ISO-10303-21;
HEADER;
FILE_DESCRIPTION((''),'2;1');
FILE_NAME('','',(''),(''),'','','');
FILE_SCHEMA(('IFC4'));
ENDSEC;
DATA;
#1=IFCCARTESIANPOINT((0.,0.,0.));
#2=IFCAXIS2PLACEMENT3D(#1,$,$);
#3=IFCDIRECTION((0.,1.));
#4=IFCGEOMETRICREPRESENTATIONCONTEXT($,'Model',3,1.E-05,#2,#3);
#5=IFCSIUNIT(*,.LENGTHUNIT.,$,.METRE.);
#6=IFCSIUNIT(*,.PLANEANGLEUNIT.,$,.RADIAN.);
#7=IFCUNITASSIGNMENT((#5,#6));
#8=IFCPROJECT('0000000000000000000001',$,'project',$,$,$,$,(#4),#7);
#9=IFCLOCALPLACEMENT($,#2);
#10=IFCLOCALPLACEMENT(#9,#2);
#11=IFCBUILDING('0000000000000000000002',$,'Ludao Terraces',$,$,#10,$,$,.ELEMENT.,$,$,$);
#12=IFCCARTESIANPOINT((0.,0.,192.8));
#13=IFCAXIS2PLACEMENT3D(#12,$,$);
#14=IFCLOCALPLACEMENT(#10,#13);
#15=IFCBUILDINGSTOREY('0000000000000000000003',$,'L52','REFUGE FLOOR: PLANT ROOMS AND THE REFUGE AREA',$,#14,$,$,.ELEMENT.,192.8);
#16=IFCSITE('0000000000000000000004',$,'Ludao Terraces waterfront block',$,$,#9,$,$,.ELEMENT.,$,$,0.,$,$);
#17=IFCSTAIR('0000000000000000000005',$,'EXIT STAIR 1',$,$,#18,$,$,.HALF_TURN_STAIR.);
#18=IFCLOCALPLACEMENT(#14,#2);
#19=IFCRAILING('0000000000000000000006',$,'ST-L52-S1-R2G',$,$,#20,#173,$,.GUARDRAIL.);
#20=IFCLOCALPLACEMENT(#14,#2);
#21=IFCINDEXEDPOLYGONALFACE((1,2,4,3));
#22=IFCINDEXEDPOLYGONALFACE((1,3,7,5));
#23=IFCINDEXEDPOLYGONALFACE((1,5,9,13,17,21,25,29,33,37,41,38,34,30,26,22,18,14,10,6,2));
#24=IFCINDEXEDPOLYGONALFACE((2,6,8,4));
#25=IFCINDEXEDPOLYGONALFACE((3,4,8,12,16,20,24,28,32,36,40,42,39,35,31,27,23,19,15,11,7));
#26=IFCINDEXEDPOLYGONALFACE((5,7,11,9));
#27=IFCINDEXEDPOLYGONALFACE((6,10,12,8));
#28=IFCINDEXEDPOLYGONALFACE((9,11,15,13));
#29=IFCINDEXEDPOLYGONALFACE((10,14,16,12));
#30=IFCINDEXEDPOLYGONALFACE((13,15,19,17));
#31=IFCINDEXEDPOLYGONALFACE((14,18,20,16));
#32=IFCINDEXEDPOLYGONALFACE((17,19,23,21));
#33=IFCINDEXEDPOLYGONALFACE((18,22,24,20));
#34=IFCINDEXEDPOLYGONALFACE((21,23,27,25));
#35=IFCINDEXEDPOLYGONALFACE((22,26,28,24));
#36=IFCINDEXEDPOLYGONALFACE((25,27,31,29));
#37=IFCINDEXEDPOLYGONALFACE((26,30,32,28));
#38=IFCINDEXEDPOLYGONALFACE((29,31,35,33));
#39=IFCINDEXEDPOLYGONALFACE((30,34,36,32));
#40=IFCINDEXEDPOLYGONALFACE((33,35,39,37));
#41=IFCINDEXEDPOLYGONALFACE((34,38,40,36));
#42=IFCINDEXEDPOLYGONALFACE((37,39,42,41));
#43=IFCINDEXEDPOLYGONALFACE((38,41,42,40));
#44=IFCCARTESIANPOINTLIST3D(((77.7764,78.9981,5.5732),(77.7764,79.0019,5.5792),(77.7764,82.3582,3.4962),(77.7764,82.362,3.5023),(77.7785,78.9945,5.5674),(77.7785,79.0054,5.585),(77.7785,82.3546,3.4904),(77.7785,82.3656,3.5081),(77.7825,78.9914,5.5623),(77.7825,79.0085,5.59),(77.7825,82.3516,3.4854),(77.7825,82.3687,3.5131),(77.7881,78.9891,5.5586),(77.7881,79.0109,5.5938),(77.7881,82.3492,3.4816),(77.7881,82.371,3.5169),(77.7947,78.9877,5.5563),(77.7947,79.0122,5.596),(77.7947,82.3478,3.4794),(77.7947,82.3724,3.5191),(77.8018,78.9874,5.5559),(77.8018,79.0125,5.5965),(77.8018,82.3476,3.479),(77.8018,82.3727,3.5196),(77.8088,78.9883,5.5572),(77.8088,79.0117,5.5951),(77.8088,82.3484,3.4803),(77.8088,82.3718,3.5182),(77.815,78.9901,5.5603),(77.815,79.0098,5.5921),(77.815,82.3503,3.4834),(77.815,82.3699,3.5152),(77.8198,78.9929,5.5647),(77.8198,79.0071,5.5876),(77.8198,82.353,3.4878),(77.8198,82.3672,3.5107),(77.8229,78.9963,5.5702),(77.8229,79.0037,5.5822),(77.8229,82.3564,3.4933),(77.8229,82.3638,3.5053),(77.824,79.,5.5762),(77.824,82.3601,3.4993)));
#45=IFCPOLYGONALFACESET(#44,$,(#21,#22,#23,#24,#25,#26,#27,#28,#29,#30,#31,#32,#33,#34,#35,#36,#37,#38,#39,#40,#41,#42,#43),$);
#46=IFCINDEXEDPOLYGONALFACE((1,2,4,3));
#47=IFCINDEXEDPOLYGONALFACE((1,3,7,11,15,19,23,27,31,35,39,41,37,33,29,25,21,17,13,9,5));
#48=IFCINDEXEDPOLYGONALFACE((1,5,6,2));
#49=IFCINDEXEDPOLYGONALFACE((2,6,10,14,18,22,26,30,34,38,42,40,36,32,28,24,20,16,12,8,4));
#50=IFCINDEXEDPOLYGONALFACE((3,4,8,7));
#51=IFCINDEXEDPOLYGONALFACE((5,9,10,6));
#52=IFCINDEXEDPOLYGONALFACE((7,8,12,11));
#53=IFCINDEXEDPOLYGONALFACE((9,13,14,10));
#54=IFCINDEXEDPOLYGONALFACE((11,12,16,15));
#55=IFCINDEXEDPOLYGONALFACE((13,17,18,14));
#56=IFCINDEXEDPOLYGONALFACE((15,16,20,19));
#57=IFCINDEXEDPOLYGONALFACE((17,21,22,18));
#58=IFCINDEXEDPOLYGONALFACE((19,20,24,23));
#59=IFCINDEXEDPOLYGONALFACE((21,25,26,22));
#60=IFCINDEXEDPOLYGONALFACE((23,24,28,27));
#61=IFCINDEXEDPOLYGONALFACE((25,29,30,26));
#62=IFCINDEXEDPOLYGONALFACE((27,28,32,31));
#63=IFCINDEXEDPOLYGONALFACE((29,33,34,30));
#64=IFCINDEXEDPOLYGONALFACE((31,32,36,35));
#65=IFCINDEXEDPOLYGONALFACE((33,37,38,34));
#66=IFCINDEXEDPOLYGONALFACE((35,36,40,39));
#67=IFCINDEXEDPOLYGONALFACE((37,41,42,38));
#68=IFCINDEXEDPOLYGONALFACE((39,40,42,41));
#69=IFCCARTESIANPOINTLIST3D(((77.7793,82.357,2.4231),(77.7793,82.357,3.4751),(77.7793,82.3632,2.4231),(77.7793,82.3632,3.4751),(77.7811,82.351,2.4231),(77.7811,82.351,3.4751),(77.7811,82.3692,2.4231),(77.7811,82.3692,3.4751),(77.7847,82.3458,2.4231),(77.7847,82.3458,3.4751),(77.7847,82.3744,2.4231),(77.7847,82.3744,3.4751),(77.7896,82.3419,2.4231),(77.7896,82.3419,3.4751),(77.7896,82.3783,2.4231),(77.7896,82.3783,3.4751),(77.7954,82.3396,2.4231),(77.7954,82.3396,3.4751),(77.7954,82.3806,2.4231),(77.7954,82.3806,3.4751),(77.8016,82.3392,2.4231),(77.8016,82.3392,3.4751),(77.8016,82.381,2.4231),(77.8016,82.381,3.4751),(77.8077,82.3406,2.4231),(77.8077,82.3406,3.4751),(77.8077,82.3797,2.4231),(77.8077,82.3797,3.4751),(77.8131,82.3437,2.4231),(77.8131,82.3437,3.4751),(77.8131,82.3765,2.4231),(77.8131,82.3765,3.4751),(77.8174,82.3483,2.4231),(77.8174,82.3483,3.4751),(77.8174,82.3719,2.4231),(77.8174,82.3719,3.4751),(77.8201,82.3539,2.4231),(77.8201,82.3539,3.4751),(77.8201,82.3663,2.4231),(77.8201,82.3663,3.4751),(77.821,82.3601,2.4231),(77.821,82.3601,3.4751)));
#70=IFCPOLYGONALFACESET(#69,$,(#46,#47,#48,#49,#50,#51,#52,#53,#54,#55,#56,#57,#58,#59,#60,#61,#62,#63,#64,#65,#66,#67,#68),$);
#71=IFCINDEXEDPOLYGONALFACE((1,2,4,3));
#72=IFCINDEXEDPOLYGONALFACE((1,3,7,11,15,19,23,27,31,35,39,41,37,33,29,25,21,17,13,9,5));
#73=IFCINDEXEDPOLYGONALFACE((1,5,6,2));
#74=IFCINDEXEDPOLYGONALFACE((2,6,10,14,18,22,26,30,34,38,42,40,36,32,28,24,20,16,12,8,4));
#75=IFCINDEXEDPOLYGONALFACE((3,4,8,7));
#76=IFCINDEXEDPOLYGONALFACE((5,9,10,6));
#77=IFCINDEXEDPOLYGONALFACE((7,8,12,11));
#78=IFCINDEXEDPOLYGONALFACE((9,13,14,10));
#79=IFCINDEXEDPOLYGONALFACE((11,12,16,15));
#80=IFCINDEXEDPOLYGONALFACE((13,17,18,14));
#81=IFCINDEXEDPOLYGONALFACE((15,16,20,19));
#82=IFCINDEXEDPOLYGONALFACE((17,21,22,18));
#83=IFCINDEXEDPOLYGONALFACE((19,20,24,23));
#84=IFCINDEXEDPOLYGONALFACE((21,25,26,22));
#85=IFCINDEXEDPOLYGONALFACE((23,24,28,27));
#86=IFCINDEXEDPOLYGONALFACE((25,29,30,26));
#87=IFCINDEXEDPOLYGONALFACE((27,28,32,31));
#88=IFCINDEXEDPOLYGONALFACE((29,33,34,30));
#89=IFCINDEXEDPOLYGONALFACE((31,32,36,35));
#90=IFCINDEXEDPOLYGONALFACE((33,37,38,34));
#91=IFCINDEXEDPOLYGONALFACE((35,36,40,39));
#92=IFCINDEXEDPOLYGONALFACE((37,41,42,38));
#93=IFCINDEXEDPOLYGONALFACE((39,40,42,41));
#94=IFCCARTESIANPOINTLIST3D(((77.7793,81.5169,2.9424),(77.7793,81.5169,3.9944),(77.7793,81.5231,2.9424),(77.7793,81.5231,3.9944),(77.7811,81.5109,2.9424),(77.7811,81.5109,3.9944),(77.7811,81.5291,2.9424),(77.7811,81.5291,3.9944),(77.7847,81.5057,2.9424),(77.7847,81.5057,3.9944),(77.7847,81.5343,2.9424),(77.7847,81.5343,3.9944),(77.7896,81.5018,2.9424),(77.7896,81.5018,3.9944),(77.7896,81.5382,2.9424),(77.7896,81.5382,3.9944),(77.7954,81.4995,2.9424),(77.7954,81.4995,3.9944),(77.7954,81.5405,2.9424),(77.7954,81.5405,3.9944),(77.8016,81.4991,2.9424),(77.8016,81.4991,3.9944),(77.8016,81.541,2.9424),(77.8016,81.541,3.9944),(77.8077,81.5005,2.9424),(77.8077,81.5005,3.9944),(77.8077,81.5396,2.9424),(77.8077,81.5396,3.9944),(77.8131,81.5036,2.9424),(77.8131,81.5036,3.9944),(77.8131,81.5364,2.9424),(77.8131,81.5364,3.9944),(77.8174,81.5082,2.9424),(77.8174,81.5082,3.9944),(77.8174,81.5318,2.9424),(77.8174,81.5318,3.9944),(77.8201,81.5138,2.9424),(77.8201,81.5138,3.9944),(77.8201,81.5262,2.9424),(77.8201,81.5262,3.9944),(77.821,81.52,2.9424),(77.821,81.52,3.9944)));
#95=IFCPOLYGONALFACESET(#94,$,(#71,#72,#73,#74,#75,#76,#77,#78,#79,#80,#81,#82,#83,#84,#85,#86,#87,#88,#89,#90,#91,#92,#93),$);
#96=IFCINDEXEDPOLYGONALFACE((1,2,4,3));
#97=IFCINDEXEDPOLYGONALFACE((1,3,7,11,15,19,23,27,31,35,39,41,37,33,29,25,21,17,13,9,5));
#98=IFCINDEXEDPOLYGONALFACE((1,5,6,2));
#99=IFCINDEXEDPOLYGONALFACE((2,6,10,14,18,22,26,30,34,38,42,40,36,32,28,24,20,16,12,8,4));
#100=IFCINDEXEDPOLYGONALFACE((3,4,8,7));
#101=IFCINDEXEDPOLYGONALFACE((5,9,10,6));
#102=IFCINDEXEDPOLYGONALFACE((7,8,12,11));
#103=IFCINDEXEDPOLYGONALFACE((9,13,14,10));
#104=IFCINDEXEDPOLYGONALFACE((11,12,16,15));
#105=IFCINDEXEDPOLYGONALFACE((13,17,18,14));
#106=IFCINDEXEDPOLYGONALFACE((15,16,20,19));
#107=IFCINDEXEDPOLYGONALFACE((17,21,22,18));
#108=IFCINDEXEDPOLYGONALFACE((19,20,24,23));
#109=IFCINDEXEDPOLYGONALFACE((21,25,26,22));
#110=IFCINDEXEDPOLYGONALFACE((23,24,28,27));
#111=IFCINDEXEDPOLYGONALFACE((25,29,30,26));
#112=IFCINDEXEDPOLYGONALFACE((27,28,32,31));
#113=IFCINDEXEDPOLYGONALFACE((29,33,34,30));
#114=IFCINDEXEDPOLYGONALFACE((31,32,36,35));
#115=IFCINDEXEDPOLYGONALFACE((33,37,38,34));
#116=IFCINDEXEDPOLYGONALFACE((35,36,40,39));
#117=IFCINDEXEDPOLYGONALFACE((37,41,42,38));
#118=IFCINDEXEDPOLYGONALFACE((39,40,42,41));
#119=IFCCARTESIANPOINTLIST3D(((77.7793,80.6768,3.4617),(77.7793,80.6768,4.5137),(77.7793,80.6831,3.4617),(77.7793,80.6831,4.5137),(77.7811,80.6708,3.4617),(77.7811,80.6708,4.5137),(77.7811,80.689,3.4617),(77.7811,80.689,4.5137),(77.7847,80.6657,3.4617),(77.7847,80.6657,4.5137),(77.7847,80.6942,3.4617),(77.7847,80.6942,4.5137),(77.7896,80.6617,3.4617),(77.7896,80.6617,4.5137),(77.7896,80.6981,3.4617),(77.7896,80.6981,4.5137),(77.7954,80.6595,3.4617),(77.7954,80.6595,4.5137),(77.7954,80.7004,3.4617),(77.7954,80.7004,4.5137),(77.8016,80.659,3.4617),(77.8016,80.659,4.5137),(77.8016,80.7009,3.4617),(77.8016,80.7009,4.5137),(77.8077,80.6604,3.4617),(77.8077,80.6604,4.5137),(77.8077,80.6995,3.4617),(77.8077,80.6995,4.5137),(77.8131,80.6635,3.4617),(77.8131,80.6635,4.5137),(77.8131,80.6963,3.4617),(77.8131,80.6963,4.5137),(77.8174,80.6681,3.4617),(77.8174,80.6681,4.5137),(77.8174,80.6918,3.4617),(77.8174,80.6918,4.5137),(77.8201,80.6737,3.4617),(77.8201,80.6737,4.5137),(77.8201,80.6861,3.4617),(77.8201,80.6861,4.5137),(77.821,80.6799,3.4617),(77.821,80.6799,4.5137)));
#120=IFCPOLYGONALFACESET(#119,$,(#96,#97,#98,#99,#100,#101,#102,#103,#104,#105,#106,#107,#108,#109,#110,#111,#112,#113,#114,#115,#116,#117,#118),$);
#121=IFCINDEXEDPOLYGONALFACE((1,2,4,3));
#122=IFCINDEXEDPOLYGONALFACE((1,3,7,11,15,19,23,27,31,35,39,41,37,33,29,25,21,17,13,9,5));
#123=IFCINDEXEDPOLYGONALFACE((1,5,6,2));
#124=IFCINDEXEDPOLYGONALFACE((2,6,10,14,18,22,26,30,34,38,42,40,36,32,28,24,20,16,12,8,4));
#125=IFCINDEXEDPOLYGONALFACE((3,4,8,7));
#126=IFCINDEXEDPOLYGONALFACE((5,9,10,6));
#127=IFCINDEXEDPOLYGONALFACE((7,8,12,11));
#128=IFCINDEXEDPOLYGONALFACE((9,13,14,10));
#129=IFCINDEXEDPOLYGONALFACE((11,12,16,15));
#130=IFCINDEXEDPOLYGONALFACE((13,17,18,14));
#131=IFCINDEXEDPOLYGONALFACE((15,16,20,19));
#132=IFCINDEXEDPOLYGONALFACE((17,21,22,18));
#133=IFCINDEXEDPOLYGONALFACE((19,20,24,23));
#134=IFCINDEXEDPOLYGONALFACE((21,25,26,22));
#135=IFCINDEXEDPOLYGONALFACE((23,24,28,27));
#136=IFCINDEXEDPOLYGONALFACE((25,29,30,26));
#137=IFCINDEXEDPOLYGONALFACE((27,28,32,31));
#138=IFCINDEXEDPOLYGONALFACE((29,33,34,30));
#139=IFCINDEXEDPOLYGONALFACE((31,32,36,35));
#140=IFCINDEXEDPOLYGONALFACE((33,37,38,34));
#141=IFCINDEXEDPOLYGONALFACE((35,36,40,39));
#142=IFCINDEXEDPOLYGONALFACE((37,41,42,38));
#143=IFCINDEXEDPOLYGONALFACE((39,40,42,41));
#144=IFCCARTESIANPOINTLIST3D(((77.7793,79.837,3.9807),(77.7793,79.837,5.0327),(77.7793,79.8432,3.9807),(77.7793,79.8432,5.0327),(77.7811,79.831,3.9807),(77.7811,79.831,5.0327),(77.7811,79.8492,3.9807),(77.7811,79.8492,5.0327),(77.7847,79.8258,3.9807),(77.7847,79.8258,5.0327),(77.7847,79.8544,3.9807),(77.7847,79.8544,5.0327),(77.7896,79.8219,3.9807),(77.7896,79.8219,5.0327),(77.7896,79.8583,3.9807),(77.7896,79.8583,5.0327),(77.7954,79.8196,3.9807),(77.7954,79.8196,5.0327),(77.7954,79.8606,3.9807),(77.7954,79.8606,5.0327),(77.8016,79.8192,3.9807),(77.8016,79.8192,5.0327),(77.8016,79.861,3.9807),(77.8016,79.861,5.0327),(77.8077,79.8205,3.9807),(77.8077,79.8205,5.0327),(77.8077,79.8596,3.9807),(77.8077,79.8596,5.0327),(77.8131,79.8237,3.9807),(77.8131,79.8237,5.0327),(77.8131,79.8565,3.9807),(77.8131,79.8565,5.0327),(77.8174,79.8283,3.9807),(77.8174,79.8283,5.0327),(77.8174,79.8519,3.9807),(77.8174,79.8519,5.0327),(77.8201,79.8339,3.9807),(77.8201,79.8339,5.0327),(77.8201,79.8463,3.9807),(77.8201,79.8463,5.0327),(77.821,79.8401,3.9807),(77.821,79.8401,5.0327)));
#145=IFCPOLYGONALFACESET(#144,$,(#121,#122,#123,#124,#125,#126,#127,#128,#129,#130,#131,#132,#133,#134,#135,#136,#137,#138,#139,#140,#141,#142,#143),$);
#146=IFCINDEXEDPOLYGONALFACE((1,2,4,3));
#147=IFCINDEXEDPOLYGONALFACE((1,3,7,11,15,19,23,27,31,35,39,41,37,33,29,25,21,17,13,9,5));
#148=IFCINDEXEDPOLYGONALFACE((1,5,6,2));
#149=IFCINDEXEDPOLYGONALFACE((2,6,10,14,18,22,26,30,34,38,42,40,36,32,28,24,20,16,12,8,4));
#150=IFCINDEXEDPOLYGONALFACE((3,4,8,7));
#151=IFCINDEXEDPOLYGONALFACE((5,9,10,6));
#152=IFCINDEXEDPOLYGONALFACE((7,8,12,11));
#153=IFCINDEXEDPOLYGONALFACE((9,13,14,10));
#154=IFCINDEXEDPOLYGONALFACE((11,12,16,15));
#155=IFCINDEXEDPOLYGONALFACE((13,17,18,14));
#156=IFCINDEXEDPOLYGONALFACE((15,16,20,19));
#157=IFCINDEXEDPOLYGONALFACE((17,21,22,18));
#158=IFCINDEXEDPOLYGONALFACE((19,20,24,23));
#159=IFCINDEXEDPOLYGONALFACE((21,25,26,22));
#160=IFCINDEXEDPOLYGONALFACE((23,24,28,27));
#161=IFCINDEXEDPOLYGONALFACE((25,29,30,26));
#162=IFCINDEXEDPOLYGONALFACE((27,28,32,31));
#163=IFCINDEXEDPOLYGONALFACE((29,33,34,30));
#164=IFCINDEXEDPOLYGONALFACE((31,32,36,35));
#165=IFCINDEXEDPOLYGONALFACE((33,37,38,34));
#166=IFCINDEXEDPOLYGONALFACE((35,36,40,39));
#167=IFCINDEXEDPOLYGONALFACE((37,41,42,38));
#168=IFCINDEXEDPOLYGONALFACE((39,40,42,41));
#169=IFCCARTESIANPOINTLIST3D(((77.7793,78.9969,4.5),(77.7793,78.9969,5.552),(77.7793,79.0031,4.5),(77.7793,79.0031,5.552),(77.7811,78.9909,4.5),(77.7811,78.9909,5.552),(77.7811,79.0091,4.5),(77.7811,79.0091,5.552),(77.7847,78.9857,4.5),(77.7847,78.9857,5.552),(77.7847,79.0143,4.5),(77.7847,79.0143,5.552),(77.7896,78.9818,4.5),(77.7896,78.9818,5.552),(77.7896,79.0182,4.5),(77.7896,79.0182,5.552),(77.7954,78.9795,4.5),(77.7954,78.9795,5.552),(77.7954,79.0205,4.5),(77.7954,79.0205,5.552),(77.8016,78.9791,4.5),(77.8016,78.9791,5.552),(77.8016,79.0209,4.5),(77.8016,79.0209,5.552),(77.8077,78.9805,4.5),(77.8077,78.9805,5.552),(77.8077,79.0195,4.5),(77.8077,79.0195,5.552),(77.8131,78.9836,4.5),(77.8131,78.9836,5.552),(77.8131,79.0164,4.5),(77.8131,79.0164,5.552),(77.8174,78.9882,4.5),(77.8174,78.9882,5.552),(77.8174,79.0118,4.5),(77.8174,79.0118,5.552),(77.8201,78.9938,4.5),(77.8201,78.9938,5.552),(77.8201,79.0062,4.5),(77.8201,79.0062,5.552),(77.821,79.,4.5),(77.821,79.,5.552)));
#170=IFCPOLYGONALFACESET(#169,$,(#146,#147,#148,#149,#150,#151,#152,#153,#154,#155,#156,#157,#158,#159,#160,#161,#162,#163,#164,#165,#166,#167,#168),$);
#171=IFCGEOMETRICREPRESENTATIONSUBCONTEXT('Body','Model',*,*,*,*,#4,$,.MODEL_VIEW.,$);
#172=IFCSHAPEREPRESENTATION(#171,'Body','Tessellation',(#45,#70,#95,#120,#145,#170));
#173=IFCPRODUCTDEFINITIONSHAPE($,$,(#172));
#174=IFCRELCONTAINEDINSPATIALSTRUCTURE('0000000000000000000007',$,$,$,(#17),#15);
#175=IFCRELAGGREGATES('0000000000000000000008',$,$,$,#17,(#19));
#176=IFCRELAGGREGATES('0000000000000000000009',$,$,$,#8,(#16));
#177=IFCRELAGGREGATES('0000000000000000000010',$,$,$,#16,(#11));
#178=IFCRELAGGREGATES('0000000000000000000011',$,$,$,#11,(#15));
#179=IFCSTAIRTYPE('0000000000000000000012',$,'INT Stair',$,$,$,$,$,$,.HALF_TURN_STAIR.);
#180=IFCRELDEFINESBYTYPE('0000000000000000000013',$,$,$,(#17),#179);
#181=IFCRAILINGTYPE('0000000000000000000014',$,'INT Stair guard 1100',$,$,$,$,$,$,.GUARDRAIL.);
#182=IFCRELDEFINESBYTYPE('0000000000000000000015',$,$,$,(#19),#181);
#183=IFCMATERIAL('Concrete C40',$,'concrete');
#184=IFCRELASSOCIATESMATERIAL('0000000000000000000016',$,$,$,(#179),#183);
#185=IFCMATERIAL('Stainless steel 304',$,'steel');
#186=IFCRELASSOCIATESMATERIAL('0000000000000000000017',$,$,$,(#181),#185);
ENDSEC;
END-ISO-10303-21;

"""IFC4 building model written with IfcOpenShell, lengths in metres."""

from ifc_helpers import new_model, si_unit, direction, frame, origin, origin_2d, place, context, subcontext, project, spatial, circle, extrude, material, type_object, element, aggregate, save


model = new_model("IFC4")

# Units and contexts
model_context = context("Model", 3, precision=1e-05, world=origin(), true_north=direction((0.0, 1.0)))
body_context = subcontext(model_context, "Body", "Model", "MODEL_VIEW")
ifc_project = project(units=[si_unit("LENGTHUNIT", "METRE"), si_unit("PLANEANGLEUNIT", "RADIAN")], contexts=[model_context])

# Site, building, storey
site_placement = place(None, origin())
site = spatial("IfcSite", under=ifc_project, at=site_placement, Name="Ludao Terraces waterfront block", CompositionType="ELEMENT", RefElevation=0.0)
building_placement = place(site_placement, origin())
building = spatial("IfcBuilding", under=site, at=building_placement, Name="Ludao Terraces", CompositionType="ELEMENT")
storey_placement = place(building_placement, frame((0.0, 0.0, 192.8)))
storey = spatial("IfcBuildingStorey", under=building, at=storey_placement, Name="L52", Description="REFUGE FLOOR: PLANT ROOMS AND THE REFUGE AREA", CompositionType="ELEMENT", Elevation=192.8)

# Shared definitions
ifc_material_1 = material(Name="Stainless steel 304", Category="steel")

# Stair, railing
ifc_material_2 = material(Name="Concrete C40", Category="concrete")
stair_type = type_object("IfcStairType", Name="INT Stair", PredefinedType="HALF_TURN_STAIR", material=ifc_material_2)
stair_placement = place(storey_placement, origin())
stair = element("IfcStair", 1, at=stair_placement, inside=storey, type_object=stair_type, Name="EXIT STAIR 1", PredefinedType="HALF_TURN_STAIR")
railing_type_1 = type_object("IfcRailingType", Name="INT Stair guard 1100", PredefinedType="GUARDRAIL", material=ifc_material_1)
railing_1_placement = place(storey_placement, frame((77.8, 82.3601, 2.4231)))
railing_1 = element("IfcRailing", 2, at=railing_1_placement, type_object=railing_type_1, Name="ST-L52-S1-R2G", PredefinedType="GUARDRAIL", context=body_context, shape_type="SweptSolid", body=[
    extrude(circle(Radius=0.0239, at=origin_2d()), frame((0.0, 0.0, 1.0762), z_axis=(0.0, -0.850623, 0.525776), x_axis=(1.0, 0.0, 0.0)), (0.0, 0.0, 1.0), 3.9502),
    extrude(circle(Radius=0.021, at=origin_2d()), origin(), (0.0, 0.0, 1.0), 1.052),
    extrude(circle(Radius=0.021, at=origin_2d()), frame((0.0, -0.8401, 0.5193)), (0.0, 0.0, 1.0), 1.052),
    extrude(circle(Radius=0.021, at=origin_2d()), frame((0.0, -1.6802, 1.0386)), (0.0, 0.0, 1.0), 1.052),
    extrude(circle(Radius=0.021, at=origin_2d()), frame((0.0, -2.52, 1.5576)), (0.0, 0.0, 1.0), 1.052),
    extrude(circle(Radius=0.021, at=origin_2d()), frame((0.0, -3.3601, 2.0769)), (0.0, 0.0, 1.0), 1.052),
])
aggregate(stair, [railing_1])

save(model, "model.ifc")
